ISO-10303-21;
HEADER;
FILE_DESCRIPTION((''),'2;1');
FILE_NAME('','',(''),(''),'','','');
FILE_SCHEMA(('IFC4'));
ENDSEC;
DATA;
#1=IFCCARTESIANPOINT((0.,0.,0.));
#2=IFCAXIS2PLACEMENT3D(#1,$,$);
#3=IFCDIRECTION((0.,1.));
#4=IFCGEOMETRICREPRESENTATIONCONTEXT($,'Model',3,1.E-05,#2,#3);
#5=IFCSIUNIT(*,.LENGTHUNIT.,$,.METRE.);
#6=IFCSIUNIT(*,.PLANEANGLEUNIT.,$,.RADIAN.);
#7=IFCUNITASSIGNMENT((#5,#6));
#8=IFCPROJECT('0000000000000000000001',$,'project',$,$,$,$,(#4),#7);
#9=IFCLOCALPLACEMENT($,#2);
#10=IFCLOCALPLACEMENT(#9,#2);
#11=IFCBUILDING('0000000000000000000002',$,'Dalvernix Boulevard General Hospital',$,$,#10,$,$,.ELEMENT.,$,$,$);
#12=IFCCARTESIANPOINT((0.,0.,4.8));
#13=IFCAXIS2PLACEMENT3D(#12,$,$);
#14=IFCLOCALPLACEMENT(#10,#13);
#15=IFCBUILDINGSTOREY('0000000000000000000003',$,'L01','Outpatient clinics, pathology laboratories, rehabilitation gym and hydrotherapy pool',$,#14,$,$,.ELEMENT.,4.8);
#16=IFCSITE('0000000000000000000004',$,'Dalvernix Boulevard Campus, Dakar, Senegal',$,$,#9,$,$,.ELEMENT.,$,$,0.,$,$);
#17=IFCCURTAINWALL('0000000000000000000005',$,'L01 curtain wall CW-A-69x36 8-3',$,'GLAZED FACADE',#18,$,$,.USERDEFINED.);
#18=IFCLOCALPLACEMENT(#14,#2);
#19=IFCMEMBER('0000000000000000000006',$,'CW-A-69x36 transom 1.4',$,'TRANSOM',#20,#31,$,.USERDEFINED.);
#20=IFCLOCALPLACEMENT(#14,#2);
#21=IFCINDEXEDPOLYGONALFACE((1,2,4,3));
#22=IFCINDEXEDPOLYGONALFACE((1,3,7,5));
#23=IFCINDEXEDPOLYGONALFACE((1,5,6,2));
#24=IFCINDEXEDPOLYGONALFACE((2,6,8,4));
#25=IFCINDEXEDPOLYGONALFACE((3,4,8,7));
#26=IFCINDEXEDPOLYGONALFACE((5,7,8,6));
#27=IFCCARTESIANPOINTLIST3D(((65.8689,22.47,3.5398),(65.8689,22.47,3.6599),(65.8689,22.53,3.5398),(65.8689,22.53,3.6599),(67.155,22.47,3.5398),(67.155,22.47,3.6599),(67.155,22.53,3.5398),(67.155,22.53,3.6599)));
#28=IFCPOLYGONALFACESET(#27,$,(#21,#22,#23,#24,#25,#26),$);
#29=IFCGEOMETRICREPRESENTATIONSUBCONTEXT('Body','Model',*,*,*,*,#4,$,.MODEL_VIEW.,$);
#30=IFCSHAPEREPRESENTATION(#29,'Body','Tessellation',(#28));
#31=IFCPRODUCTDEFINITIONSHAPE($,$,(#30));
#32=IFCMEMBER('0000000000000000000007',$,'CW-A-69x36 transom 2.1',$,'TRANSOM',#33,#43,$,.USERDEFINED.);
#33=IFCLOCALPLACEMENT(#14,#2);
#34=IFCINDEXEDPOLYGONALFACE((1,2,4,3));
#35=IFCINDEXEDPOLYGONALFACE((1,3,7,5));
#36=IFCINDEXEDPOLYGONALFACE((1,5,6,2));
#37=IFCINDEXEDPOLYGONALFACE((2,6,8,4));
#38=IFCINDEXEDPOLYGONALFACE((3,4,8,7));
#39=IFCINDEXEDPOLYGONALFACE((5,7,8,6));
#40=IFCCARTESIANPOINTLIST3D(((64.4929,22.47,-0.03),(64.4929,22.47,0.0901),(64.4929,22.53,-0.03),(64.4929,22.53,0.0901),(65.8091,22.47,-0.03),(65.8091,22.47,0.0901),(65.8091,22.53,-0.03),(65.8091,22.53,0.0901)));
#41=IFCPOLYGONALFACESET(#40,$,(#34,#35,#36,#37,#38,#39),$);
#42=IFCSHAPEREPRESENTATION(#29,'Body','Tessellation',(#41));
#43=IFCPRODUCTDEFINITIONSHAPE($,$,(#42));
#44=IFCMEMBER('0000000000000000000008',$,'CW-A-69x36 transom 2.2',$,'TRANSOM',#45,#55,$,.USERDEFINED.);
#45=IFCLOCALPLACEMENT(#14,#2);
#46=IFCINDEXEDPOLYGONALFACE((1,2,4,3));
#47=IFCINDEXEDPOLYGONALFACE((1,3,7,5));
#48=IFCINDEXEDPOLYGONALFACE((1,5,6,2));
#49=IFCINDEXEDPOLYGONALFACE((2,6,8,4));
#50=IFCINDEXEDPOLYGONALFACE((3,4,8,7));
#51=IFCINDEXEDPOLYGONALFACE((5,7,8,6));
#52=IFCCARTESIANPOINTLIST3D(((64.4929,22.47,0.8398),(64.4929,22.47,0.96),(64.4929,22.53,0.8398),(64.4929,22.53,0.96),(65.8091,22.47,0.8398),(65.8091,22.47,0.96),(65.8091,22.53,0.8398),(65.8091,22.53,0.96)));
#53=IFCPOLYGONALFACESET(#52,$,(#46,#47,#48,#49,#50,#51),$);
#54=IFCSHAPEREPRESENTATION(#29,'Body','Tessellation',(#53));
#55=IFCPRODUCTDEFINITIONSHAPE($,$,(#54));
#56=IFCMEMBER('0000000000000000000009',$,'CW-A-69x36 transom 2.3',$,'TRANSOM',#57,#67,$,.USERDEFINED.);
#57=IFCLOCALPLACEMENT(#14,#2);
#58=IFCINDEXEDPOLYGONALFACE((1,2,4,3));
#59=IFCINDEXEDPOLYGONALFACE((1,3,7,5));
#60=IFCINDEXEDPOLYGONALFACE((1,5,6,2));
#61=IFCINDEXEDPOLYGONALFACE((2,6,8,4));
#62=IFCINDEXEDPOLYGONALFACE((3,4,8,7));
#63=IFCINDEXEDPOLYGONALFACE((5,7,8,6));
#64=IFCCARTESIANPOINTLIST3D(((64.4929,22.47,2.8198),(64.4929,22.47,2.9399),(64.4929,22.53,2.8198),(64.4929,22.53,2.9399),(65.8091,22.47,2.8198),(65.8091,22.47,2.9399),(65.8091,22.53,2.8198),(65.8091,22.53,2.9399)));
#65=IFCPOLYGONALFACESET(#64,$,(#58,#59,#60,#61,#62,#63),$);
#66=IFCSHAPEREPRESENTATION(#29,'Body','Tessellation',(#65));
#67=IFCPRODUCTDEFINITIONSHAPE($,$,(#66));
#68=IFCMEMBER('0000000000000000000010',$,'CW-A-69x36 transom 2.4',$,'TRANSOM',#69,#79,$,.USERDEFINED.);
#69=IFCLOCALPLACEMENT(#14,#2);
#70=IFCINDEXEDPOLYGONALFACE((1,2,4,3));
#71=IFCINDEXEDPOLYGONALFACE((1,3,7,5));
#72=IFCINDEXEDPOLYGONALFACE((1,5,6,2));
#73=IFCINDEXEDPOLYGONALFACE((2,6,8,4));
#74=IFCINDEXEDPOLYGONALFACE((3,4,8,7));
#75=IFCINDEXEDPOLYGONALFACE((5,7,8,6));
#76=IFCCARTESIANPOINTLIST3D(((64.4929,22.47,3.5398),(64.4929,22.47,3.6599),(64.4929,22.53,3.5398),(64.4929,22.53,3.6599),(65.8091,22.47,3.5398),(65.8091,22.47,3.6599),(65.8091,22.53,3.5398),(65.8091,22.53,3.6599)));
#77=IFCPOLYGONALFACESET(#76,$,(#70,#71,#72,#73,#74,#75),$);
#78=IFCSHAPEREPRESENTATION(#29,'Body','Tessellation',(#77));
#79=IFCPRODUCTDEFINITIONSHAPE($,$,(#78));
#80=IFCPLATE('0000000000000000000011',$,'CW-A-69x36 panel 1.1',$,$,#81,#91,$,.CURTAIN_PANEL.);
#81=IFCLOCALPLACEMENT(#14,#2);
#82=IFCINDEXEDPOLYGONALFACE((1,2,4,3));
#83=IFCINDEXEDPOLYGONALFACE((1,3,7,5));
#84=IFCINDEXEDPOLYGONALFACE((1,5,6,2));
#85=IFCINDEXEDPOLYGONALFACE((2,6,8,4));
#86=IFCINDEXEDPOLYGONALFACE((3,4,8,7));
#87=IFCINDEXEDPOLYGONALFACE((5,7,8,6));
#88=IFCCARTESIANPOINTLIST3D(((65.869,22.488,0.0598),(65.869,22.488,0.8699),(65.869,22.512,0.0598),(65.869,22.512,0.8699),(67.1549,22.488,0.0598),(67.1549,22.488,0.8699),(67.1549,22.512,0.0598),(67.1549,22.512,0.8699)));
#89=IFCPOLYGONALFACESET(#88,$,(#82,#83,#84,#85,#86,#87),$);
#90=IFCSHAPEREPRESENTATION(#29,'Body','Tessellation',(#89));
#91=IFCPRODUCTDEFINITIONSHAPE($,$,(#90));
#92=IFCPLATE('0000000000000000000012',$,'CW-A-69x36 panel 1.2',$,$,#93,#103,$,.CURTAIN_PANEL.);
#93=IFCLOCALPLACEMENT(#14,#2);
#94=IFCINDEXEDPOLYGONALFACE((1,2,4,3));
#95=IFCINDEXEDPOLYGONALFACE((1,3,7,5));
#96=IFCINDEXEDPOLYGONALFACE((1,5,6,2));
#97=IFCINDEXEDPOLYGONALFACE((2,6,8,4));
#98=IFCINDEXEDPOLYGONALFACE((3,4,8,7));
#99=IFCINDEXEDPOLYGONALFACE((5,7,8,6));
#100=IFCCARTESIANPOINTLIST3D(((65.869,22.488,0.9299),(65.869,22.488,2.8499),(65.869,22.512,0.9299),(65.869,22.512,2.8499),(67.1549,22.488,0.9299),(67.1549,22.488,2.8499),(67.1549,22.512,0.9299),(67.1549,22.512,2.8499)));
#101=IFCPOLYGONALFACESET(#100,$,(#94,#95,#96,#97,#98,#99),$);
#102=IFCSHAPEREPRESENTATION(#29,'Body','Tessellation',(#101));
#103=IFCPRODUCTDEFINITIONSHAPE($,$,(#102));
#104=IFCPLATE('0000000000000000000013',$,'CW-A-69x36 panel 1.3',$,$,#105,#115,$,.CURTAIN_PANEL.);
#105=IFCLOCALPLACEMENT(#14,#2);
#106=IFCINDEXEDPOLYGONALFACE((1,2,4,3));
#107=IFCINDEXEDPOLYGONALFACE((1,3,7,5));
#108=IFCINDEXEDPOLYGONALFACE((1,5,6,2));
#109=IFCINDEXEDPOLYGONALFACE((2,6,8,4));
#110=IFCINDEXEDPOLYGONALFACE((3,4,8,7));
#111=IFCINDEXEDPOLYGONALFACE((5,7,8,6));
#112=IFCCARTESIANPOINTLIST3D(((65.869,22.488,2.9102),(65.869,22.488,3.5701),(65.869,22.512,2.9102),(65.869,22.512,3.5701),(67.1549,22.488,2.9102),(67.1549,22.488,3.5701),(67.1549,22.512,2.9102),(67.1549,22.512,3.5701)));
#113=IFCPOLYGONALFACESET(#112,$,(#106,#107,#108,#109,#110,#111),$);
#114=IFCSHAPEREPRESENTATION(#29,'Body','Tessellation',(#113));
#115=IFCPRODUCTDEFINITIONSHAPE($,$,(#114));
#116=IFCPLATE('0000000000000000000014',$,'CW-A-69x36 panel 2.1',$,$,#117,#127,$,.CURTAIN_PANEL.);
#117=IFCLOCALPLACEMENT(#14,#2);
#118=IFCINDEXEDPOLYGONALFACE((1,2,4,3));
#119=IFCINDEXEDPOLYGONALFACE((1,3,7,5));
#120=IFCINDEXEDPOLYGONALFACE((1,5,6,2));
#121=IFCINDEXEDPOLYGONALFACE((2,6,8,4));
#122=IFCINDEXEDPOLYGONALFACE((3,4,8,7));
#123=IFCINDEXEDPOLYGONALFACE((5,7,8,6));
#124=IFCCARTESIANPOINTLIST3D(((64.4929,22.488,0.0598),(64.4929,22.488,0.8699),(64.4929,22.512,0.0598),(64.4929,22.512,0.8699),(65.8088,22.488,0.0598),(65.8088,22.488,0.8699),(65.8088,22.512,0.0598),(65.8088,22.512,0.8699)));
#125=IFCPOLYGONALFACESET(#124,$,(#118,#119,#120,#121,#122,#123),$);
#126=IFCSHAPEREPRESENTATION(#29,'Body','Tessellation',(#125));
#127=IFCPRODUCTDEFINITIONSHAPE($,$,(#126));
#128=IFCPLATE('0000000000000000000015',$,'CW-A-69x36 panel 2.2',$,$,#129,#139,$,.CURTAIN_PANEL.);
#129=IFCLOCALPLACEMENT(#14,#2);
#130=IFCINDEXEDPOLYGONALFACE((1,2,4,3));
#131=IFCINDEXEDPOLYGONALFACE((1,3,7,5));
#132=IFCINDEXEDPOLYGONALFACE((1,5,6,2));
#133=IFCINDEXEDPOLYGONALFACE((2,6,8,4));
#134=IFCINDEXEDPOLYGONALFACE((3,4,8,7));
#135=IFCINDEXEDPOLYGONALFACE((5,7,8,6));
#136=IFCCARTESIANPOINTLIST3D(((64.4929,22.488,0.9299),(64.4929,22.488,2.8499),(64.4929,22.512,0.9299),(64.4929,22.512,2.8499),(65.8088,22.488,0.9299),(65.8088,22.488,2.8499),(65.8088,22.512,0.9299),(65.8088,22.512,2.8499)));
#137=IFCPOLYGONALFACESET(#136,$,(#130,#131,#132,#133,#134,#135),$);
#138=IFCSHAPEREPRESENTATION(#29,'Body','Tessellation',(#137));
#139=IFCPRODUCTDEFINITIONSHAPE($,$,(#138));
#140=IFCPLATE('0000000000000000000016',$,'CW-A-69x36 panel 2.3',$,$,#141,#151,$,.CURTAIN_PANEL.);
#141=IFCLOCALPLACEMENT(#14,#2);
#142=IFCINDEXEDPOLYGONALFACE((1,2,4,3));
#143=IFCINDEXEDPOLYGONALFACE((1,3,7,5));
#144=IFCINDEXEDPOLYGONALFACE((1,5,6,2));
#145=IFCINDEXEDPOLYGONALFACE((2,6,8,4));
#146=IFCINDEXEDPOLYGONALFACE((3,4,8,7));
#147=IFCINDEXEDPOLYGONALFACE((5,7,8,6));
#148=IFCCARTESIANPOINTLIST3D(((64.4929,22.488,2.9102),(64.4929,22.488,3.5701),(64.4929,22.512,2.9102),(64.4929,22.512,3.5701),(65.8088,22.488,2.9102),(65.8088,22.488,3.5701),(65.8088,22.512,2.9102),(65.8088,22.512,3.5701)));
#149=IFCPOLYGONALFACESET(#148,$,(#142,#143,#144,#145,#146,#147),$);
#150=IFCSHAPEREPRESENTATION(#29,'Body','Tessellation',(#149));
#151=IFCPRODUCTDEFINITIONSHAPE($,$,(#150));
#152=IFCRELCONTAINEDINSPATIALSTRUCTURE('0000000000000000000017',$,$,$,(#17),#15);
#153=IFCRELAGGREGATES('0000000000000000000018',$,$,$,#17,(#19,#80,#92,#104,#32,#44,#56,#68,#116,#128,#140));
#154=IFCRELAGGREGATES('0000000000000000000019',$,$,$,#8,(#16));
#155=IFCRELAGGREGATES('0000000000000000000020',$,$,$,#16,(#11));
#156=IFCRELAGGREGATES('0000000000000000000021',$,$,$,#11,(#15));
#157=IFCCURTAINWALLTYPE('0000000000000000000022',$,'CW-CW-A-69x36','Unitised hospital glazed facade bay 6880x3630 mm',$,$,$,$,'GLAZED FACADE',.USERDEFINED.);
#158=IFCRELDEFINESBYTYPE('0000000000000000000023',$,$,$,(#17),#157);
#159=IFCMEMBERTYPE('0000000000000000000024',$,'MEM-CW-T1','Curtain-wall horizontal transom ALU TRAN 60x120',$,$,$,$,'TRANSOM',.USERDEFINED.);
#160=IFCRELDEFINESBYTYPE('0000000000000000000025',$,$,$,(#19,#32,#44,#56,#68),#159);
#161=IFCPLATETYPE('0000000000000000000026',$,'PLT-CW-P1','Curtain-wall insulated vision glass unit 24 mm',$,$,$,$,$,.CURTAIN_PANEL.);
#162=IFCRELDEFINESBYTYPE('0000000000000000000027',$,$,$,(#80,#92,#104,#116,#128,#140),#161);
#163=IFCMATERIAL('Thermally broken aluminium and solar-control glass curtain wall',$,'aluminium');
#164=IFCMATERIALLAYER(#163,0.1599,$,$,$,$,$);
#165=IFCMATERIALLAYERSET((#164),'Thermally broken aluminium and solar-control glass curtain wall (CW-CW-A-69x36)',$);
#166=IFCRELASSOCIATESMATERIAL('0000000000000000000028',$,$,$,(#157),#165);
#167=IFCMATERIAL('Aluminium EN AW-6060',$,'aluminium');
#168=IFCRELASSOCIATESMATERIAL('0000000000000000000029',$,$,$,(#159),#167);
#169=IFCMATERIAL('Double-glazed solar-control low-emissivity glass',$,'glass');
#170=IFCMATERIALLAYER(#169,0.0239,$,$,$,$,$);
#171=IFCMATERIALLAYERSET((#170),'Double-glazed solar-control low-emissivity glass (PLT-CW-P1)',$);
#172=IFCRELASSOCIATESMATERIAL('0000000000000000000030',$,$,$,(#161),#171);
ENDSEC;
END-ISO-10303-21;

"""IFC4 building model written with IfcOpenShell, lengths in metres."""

from ifc_helpers import new_model, si_unit, direction, frame, origin, origin_2d, place, context, subcontext, project, spatial, rectangle, extrude, material, layer, layer_set, material_profile, profile_set, type_object, element, aggregate, save


model = new_model("IFC4")

# Units and contexts
model_context = context("Model", 3, precision=1e-05, world=origin(), true_north=direction((0.0, 1.0)))
body_context = subcontext(model_context, "Body", "Model", "MODEL_VIEW")
ifc_project = project(units=[si_unit("LENGTHUNIT", "METRE"), si_unit("PLANEANGLEUNIT", "RADIAN")], contexts=[model_context])

# Site, building, storey
site_placement = place(None, origin())
site = spatial("IfcSite", under=ifc_project, at=site_placement, Name="Dalvernix Boulevard Campus, Dakar, Senegal", CompositionType="ELEMENT", RefElevation=0.0)
building_placement = place(site_placement, origin())
building = spatial("IfcBuilding", under=site, at=building_placement, Name="Dalvernix Boulevard General Hospital", CompositionType="ELEMENT")
storey_placement = place(building_placement, frame((0.0, 0.0, 4.8)))
storey = spatial("IfcBuildingStorey", under=building, at=storey_placement, Name="L01", Description="Outpatient clinics, pathology laboratories, rehabilitation gym and hydrotherapy pool", CompositionType="ELEMENT", Elevation=4.8)

# Curtain wall, members, plates
ifc_material_1 = material(Name="Thermally broken aluminium and solar-control glass curtain wall", Category="aluminium")
ifc_layer_1 = layer(ifc_material_1, 0.1599)
ifc_layer_set_1 = layer_set([ifc_layer_1], Name="Thermally broken aluminium and solar-control glass curtain wall (CW-CW-A-69x36)")
curtain_wall_type = type_object("IfcCurtainWallType", Name="CW-CW-A-69x36", Description="Unitised hospital glazed facade bay 6880x3630 mm", ElementType="GLAZED FACADE", PredefinedType="USERDEFINED", material=ifc_layer_set_1)
curtain_wall_placement = place(storey_placement, origin())
curtain_wall = element("IfcCurtainWall", 1, at=curtain_wall_placement, inside=storey, type_object=curtain_wall_type, Name="L01 curtain wall CW-A-69x36 8-3", ObjectType="GLAZED FACADE", PredefinedType="USERDEFINED")
ifc_material_2 = material(Name="Aluminium EN AW-6060", Category="aluminium")
ifc_material_profile_1 = material_profile(ifc_material_2, rectangle(XDim=0.0601, YDim=0.1201, at=origin_2d()), Name="ALU TRAN 60x120")
ifc_profile_set_1 = profile_set([ifc_material_profile_1], Name="Aluminium EN AW-6060")
member_type_1 = type_object("IfcMemberType", Name="MEM-CW-T1", Description="Curtain-wall horizontal transom ALU TRAN 60x120", ElementType="TRANSOM", PredefinedType="USERDEFINED", material=ifc_profile_set_1)
member_1_placement = place(storey_placement, frame((67.155, 22.5, 3.5999), z_axis=(-1.0, 0.0, 0.0), x_axis=(0.0, -1.0, 0.0)))
member_1 = element("IfcMember", 2, at=member_1_placement, type_object=member_type_1, Name="CW-A-69x36 transom 1.4", ObjectType="TRANSOM", PredefinedType="USERDEFINED", context=body_context, shape_type="SweptSolid", body=[
    extrude(rectangle(XDim=0.0601, YDim=0.1201, at=origin_2d()), origin(), (0.0, 0.0, 1.0), 1.2861),
])
member_2_placement = place(storey_placement, frame((65.8091, 22.5, 0.03), z_axis=(-1.0, 0.0, 0.0), x_axis=(0.0, -1.0, 0.0)))
member_2 = element("IfcMember", 3, at=member_2_placement, type_object=member_type_1, Name="CW-A-69x36 transom 2.1", ObjectType="TRANSOM", PredefinedType="USERDEFINED", context=body_context, shape_type="SweptSolid", body=[
    extrude(rectangle(XDim=0.0601, YDim=0.1201, at=origin_2d()), origin(), (0.0, 0.0, 1.0), 1.3162),
])
member_3_placement = place(storey_placement, frame((65.8091, 22.5, 0.8999), z_axis=(-1.0, 0.0, 0.0), x_axis=(0.0, -1.0, 0.0)))
member_3 = element("IfcMember", 4, at=member_3_placement, type_object=member_type_1, Name="CW-A-69x36 transom 2.2", ObjectType="TRANSOM", PredefinedType="USERDEFINED", context=body_context, shape_type="SweptSolid", body=[
    extrude(rectangle(XDim=0.0601, YDim=0.1201, at=origin_2d()), origin(), (0.0, 0.0, 1.0), 1.3162),
])
member_4_placement = place(storey_placement, frame((65.8091, 22.5, 2.8799), z_axis=(-1.0, 0.0, 0.0), x_axis=(0.0, -1.0, 0.0)))
member_4 = element("IfcMember", 5, at=member_4_placement, type_object=member_type_1, Name="CW-A-69x36 transom 2.3", ObjectType="TRANSOM", PredefinedType="USERDEFINED", context=body_context, shape_type="SweptSolid", body=[
    extrude(rectangle(XDim=0.0601, YDim=0.1201, at=origin_2d()), origin(), (0.0, 0.0, 1.0), 1.3162),
])
member_5_placement = place(storey_placement, frame((65.8091, 22.5, 3.5999), z_axis=(-1.0, 0.0, 0.0), x_axis=(0.0, -1.0, 0.0)))
member_5 = element("IfcMember", 6, at=member_5_placement, type_object=member_type_1, Name="CW-A-69x36 transom 2.4", ObjectType="TRANSOM", PredefinedType="USERDEFINED", context=body_context, shape_type="SweptSolid", body=[
    extrude(rectangle(XDim=0.0601, YDim=0.1201, at=origin_2d()), origin(), (0.0, 0.0, 1.0), 1.3162),
])
ifc_material_3 = material(Name="Double-glazed solar-control low-emissivity glass", Category="glass")
ifc_layer_2 = layer(ifc_material_3, 0.0239)
ifc_layer_set_2 = layer_set([ifc_layer_2], Name="Double-glazed solar-control low-emissivity glass (PLT-CW-P1)")
plate_type = type_object("IfcPlateType", Name="PLT-CW-P1", Description="Curtain-wall insulated vision glass unit 24 mm", PredefinedType="CURTAIN_PANEL", material=ifc_layer_set_2)
plate_1_placement = place(storey_placement, frame((66.512, 22.5, 0.0598), z_axis=(0.0, 0.0, 1.0), x_axis=(-1.0, 0.0, 0.0)))
plate_1 = element("IfcPlate", 7, at=plate_1_placement, type_object=plate_type, Name="CW-A-69x36 panel 1.1", PredefinedType="CURTAIN_PANEL", context=body_context, shape_type="SweptSolid", body=[
    extrude(rectangle(XDim=1.2859, YDim=0.0239, at=origin_2d()), origin(), (0.0, 0.0, 1.0), 0.8101),
])
plate_2_placement = place(storey_placement, frame((66.512, 22.5, 0.9299), z_axis=(0.0, 0.0, 1.0), x_axis=(-1.0, 0.0, 0.0)))
plate_2 = element("IfcPlate", 8, at=plate_2_placement, type_object=plate_type, Name="CW-A-69x36 panel 1.2", PredefinedType="CURTAIN_PANEL", context=body_context, shape_type="SweptSolid", body=[
    extrude(rectangle(XDim=1.2859, YDim=0.0239, at=origin_2d()), origin(), (0.0, 0.0, 1.0), 1.9199),
])
plate_3_placement = place(storey_placement, frame((66.512, 22.5, 2.9102), z_axis=(0.0, 0.0, 1.0), x_axis=(-1.0, 0.0, 0.0)))
plate_3 = element("IfcPlate", 9, at=plate_3_placement, type_object=plate_type, Name="CW-A-69x36 panel 1.3", PredefinedType="CURTAIN_PANEL", context=body_context, shape_type="SweptSolid", body=[
    extrude(rectangle(XDim=1.2859, YDim=0.0239, at=origin_2d()), origin(), (0.0, 0.0, 1.0), 0.6599),
])
plate_4_placement = place(storey_placement, frame((65.1509, 22.5, 0.0598), z_axis=(0.0, 0.0, 1.0), x_axis=(-1.0, 0.0, 0.0)))
plate_4 = element("IfcPlate", 10, at=plate_4_placement, type_object=plate_type, Name="CW-A-69x36 panel 2.1", PredefinedType="CURTAIN_PANEL", context=body_context, shape_type="SweptSolid", body=[
    extrude(rectangle(XDim=1.3159, YDim=0.0239, at=origin_2d()), origin(), (0.0, 0.0, 1.0), 0.8101),
])
plate_5_placement = place(storey_placement, frame((65.1509, 22.5, 0.9299), z_axis=(0.0, 0.0, 1.0), x_axis=(-1.0, 0.0, 0.0)))
plate_5 = element("IfcPlate", 11, at=plate_5_placement, type_object=plate_type, Name="CW-A-69x36 panel 2.2", PredefinedType="CURTAIN_PANEL", context=body_context, shape_type="SweptSolid", body=[
    extrude(rectangle(XDim=1.3159, YDim=0.0239, at=origin_2d()), origin(), (0.0, 0.0, 1.0), 1.9199),
])
plate_6_placement = place(storey_placement, frame((65.1509, 22.5, 2.9102), z_axis=(0.0, 0.0, 1.0), x_axis=(-1.0, 0.0, 0.0)))
plate_6 = element("IfcPlate", 12, at=plate_6_placement, type_object=plate_type, Name="CW-A-69x36 panel 2.3", PredefinedType="CURTAIN_PANEL", context=body_context, shape_type="SweptSolid", body=[
    extrude(rectangle(XDim=1.3159, YDim=0.0239, at=origin_2d()), origin(), (0.0, 0.0, 1.0), 0.6599),
])
aggregate(curtain_wall, [member_1, plate_1, plate_2, plate_3, member_2, member_3, member_4, member_5, plate_4, plate_5, plate_6])

save(model, "model.ifc")
